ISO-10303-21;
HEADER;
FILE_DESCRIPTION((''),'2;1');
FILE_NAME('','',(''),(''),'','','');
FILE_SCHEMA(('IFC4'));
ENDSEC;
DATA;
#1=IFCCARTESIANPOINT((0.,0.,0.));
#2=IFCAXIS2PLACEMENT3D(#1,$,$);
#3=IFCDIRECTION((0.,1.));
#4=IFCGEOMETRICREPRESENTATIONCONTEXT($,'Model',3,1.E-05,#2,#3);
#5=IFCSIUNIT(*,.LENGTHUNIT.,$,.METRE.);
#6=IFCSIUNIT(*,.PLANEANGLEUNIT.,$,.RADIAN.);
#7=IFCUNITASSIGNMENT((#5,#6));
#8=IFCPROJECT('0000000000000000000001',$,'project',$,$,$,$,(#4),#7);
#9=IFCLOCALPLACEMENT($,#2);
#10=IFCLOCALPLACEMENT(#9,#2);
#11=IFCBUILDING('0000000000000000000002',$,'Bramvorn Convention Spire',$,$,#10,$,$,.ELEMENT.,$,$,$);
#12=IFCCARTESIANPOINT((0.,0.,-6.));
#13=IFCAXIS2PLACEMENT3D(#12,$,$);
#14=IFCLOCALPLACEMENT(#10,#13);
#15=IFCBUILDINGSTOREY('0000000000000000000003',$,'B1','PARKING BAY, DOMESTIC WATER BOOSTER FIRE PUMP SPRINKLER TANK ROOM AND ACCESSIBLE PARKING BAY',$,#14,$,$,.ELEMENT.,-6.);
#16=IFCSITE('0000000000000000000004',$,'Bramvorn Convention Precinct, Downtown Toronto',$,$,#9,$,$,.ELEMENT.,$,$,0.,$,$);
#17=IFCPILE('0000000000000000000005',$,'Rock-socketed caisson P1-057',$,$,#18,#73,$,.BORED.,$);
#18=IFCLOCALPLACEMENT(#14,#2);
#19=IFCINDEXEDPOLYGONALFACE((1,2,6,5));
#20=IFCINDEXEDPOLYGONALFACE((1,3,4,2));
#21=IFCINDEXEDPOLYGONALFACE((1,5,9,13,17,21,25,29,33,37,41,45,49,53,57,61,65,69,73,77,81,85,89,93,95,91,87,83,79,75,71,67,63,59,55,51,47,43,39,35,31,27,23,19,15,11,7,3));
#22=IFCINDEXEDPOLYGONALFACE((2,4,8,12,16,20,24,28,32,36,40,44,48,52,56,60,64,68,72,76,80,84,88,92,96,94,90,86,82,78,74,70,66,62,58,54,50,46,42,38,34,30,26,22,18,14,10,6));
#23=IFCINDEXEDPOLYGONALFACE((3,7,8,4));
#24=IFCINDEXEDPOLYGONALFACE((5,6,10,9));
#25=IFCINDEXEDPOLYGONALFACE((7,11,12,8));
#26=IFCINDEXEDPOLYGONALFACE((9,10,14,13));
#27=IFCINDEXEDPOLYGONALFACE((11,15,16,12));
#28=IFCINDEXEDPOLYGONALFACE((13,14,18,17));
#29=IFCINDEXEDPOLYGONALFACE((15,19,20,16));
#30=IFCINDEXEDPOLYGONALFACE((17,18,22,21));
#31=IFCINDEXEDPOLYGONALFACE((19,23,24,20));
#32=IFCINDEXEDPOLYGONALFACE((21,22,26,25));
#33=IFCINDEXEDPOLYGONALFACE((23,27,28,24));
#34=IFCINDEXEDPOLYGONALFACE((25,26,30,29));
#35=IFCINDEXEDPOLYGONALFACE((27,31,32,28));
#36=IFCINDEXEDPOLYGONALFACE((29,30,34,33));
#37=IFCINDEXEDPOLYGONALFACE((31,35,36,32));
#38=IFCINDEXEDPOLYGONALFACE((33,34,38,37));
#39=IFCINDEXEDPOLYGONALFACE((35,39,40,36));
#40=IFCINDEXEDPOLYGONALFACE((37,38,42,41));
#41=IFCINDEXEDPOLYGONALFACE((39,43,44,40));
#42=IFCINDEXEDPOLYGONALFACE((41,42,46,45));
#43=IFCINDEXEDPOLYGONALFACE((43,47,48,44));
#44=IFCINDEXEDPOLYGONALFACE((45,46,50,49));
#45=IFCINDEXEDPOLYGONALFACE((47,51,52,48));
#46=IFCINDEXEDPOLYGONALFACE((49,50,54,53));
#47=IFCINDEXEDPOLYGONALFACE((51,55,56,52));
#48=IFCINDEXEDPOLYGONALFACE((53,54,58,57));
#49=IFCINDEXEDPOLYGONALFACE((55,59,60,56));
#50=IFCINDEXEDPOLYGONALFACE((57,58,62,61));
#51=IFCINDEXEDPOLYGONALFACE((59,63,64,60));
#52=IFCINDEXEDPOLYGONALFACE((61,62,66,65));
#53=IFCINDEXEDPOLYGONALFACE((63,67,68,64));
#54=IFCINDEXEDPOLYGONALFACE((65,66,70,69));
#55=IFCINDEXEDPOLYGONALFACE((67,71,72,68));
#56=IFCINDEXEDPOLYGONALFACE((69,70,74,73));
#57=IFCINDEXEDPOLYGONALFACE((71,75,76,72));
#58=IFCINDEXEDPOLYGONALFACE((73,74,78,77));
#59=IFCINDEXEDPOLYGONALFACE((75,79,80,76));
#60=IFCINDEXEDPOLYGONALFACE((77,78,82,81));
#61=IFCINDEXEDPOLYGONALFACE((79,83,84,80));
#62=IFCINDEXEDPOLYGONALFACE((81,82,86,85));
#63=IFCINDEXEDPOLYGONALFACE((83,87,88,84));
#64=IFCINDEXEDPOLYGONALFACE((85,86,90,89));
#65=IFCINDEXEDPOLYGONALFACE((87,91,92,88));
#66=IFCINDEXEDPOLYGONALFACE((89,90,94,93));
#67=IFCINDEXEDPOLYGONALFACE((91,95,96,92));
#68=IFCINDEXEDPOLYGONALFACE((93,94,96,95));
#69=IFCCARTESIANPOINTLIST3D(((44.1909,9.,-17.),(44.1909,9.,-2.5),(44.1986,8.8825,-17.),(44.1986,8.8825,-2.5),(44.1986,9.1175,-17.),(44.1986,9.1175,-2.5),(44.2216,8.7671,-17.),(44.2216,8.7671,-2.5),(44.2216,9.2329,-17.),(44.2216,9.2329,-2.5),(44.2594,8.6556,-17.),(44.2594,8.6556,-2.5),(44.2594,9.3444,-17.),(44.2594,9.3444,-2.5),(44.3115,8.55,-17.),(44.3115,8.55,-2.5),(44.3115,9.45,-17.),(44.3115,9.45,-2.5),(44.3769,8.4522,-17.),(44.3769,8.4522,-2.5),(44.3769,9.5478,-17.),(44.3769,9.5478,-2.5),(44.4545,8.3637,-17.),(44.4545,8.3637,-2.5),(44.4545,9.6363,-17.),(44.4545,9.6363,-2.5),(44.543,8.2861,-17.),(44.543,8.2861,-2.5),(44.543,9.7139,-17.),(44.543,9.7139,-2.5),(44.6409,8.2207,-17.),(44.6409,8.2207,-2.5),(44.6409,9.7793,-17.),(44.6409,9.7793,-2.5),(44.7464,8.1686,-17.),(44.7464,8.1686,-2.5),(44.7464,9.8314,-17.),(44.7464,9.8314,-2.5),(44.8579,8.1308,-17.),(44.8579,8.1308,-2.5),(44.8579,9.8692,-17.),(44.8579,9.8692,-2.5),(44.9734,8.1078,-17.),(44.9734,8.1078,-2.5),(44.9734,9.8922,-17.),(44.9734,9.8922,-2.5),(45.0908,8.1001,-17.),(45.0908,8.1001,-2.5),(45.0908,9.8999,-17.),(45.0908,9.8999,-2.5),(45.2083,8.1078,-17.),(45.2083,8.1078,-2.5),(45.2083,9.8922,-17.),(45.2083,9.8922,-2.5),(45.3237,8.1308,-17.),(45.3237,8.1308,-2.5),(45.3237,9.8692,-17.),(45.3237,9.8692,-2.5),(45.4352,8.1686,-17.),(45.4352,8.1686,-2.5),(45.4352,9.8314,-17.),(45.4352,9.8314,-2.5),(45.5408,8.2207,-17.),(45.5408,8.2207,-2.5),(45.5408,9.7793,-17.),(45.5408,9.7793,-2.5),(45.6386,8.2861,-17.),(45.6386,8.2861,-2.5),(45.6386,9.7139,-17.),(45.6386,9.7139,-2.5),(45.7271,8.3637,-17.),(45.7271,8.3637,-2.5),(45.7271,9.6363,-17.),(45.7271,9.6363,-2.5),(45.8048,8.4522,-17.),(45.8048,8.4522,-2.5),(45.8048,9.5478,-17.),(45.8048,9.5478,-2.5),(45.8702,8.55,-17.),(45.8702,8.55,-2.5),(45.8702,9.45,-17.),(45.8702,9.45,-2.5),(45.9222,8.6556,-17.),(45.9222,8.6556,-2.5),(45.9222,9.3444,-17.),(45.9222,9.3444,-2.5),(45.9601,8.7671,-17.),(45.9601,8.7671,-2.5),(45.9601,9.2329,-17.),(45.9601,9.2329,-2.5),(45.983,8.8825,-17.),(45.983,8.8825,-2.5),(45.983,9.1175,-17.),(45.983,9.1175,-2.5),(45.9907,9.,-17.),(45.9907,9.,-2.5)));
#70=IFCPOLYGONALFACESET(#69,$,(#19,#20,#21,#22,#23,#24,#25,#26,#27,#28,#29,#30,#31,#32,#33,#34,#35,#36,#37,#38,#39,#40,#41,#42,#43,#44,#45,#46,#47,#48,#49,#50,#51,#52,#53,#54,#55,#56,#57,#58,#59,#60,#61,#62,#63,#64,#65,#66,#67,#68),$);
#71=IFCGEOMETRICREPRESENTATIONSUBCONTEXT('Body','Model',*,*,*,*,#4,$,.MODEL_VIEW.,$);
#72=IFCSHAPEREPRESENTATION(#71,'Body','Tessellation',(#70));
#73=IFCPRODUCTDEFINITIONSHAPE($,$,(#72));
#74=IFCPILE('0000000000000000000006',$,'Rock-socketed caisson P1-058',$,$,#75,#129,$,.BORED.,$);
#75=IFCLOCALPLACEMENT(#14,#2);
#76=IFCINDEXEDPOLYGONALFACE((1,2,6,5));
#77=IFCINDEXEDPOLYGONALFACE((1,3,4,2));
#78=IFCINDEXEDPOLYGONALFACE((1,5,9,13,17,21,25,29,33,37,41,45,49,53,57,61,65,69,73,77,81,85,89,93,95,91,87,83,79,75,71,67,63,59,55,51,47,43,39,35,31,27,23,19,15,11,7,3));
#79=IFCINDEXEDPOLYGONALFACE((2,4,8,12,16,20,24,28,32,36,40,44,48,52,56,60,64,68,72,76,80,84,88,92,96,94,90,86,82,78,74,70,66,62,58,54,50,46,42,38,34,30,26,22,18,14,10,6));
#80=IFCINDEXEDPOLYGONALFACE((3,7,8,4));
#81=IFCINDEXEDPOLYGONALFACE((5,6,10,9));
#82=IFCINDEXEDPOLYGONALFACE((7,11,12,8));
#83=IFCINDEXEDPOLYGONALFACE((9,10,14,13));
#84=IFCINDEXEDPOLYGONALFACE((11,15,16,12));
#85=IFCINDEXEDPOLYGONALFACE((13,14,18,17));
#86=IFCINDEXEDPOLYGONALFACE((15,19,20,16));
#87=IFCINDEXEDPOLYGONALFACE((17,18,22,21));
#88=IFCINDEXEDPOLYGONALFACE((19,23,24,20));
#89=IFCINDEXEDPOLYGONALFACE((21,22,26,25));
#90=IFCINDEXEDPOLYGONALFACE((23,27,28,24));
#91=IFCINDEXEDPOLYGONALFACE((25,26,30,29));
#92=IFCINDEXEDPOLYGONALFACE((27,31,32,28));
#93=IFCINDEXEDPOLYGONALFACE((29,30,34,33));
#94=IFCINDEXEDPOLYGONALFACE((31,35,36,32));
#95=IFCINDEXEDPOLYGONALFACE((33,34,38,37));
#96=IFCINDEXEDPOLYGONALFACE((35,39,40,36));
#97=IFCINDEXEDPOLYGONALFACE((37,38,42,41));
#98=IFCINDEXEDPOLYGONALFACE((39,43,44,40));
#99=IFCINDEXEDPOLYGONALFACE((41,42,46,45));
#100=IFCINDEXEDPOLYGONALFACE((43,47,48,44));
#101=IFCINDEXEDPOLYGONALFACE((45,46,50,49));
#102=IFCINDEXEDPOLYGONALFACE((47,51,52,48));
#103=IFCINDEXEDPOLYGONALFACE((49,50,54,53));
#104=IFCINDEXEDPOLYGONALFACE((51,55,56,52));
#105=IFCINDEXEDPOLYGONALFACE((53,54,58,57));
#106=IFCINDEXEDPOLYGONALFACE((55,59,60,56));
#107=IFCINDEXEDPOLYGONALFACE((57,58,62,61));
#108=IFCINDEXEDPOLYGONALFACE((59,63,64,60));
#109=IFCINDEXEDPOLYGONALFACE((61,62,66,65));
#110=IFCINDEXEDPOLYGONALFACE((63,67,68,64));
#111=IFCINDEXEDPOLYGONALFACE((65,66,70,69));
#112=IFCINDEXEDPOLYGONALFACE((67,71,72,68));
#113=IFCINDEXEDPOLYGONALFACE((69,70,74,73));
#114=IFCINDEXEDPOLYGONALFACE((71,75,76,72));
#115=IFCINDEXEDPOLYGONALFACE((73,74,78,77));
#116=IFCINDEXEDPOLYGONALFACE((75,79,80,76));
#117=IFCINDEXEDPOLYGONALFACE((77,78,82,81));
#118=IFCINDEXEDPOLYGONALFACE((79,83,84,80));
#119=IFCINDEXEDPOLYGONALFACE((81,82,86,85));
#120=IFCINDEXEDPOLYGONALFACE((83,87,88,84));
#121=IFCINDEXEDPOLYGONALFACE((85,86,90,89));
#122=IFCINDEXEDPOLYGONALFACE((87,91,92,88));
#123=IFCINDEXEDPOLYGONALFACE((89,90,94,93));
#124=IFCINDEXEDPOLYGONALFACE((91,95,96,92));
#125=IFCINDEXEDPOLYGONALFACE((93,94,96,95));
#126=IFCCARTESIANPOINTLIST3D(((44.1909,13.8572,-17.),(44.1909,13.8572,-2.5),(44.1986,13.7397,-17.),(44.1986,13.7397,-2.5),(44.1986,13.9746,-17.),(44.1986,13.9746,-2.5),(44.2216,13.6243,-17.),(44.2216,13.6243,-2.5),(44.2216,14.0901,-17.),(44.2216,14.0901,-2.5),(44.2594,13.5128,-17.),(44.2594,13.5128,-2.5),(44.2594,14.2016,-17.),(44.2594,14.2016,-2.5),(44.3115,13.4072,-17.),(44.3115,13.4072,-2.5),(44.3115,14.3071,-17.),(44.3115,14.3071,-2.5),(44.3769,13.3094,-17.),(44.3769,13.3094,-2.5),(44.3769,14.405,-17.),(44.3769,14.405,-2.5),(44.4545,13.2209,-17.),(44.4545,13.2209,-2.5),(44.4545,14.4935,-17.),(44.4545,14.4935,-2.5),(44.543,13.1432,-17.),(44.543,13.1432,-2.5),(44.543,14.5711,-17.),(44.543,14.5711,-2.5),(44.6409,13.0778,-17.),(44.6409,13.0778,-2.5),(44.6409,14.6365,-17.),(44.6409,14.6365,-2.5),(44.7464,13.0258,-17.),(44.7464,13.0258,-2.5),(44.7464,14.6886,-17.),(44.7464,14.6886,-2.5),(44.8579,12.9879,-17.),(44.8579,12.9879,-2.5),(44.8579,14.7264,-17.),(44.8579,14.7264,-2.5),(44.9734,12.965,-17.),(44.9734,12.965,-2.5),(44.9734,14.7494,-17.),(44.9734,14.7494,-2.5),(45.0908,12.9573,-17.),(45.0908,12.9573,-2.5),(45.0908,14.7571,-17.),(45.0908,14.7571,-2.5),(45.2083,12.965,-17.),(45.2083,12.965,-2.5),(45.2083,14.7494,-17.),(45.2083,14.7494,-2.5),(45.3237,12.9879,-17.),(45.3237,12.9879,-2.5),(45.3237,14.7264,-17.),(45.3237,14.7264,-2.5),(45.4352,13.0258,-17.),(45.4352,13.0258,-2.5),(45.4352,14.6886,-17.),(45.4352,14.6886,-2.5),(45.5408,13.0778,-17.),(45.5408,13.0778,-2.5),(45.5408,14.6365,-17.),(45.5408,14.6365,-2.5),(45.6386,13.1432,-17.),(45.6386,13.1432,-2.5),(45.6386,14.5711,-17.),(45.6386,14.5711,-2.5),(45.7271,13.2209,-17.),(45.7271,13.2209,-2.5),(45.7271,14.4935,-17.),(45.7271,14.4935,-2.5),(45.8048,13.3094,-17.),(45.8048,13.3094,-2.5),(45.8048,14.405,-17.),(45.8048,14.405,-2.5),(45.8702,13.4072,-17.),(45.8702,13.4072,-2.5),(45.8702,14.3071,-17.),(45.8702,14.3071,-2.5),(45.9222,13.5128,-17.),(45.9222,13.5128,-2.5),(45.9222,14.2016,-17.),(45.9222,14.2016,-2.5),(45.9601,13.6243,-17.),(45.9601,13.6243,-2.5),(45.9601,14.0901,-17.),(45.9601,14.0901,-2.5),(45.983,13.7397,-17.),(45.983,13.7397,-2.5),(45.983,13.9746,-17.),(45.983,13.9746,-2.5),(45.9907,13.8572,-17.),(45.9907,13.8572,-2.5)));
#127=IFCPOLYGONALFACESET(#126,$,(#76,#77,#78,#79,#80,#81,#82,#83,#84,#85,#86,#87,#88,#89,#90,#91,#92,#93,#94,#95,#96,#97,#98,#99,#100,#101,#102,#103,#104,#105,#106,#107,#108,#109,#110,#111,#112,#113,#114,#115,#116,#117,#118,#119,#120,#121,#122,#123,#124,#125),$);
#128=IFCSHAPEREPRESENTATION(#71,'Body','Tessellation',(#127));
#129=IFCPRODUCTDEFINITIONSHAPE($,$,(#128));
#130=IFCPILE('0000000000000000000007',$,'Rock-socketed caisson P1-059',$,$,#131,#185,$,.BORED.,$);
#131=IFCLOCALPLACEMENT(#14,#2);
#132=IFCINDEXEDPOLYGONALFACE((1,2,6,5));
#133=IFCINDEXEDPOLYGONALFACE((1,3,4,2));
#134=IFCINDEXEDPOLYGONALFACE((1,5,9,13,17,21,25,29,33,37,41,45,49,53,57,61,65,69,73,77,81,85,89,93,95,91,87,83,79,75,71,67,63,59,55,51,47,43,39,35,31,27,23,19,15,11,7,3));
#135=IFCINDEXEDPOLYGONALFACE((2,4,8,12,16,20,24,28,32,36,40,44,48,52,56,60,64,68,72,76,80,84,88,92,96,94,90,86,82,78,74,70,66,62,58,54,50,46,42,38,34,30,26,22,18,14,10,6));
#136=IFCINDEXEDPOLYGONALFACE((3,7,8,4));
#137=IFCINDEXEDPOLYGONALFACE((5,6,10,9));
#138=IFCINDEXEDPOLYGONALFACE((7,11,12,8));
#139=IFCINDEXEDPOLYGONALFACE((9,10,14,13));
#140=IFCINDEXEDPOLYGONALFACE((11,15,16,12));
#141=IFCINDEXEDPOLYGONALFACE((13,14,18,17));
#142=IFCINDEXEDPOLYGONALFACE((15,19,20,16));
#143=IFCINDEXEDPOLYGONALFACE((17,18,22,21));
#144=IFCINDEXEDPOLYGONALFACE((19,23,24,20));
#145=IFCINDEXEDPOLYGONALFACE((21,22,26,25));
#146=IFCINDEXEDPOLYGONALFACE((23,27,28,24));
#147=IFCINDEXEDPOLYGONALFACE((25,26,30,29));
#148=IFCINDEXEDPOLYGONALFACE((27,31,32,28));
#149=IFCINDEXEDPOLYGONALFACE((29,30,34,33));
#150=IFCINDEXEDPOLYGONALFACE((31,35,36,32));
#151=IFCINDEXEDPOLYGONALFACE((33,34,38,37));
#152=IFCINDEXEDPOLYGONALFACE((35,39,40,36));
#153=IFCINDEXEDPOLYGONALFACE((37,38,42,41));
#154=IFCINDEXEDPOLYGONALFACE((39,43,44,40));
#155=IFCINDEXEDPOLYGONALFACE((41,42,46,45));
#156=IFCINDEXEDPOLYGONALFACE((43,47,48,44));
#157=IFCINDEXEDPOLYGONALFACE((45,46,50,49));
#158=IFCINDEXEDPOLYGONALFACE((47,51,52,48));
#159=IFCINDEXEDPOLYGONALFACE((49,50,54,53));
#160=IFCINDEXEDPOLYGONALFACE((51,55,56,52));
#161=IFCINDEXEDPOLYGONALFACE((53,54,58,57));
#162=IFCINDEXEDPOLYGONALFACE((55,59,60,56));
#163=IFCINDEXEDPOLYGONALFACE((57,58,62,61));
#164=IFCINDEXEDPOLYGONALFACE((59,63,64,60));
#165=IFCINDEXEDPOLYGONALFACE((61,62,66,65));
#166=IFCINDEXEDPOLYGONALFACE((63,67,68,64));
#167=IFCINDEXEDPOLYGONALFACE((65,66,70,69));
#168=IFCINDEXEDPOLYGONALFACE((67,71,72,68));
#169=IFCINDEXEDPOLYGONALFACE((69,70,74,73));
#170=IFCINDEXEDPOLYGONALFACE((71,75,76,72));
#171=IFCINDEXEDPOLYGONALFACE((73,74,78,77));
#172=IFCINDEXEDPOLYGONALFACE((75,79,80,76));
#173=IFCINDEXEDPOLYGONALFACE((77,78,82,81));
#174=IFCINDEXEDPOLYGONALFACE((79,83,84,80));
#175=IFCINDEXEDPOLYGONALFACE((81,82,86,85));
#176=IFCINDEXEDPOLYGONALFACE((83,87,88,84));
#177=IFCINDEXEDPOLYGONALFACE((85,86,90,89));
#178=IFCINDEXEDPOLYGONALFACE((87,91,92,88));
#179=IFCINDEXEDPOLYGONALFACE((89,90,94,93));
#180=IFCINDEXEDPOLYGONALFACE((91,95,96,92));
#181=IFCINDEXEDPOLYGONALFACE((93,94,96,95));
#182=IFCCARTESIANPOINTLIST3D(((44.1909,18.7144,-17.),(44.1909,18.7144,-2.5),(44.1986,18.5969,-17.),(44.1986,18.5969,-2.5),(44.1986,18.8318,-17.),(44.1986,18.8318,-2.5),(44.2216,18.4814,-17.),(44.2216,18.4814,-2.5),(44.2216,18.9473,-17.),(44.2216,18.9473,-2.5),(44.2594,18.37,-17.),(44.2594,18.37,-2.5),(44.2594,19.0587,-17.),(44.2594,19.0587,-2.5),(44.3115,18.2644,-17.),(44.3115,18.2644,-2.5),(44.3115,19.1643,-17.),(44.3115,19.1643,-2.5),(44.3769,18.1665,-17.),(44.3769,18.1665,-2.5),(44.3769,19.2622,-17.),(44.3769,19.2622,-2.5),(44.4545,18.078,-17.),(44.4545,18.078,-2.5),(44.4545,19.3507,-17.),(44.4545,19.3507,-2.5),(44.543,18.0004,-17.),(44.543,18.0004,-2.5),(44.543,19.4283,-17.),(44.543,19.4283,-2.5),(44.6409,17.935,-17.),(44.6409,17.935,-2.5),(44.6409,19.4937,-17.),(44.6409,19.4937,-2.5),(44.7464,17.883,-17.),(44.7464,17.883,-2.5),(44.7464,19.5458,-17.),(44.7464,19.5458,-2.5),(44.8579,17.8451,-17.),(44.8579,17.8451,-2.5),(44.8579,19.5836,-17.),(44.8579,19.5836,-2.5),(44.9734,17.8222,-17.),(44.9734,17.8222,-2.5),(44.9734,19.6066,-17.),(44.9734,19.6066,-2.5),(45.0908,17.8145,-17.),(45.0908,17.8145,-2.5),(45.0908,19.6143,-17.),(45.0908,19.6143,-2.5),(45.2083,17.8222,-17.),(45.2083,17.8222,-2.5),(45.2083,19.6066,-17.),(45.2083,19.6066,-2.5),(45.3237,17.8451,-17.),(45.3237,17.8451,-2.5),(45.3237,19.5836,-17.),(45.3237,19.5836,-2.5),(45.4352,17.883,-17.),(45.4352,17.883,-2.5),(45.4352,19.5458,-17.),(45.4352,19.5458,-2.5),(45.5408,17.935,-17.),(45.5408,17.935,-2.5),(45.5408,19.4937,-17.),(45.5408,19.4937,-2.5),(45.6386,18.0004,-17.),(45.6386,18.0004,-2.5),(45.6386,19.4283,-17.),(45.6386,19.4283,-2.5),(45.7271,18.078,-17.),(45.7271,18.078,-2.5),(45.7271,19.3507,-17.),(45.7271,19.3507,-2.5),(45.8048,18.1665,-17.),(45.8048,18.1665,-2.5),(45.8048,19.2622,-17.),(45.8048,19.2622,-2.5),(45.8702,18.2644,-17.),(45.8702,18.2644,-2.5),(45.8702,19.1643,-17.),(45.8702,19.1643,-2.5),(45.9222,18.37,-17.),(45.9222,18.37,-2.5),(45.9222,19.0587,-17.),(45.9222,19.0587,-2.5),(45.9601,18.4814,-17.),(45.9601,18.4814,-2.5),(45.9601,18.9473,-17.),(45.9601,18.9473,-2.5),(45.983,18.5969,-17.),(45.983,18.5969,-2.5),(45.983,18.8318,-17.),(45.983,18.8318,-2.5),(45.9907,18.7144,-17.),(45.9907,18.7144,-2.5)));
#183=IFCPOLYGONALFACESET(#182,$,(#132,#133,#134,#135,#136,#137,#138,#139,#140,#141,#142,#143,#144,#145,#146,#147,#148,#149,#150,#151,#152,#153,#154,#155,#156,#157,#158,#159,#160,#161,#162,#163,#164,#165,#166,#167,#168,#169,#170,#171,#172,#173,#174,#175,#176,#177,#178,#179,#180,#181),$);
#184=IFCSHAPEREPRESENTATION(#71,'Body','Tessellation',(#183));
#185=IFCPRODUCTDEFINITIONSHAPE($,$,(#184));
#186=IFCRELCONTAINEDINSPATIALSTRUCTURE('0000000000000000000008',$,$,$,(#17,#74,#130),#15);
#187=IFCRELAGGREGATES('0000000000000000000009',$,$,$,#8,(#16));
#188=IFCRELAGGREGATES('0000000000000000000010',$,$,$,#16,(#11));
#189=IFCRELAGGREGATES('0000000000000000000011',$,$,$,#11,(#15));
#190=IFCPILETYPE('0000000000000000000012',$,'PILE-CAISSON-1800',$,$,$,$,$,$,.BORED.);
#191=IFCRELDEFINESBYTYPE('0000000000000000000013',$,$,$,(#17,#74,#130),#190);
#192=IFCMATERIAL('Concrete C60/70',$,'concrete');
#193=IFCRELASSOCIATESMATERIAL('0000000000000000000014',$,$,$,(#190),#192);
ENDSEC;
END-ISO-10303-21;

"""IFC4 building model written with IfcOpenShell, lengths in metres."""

from ifc_helpers import new_model, si_unit, direction, frame, origin, origin_2d, place, context, subcontext, project, spatial, circle, extrude, material, material_profile, profile_set, type_object, element, save


model = new_model("IFC4")

# Units and contexts
model_context = context("Model", 3, precision=1e-05, world=origin(), true_north=direction((0.0, 1.0)))
body_context = subcontext(model_context, "Body", "Model", "MODEL_VIEW")
ifc_project = project(units=[si_unit("LENGTHUNIT", "METRE"), si_unit("PLANEANGLEUNIT", "RADIAN")], contexts=[model_context])

# Site, building, storey
site_placement = place(None, origin())
site = spatial("IfcSite", under=ifc_project, at=site_placement, Name="Bramvorn Convention Precinct, Downtown Toronto", CompositionType="ELEMENT", RefElevation=0.0)
building_placement = place(site_placement, origin())
building = spatial("IfcBuilding", under=site, at=building_placement, Name="Bramvorn Convention Spire", CompositionType="ELEMENT")
storey_placement = place(building_placement, frame((0.0, 0.0, -6.0)))
storey = spatial("IfcBuildingStorey", under=building, at=storey_placement, Name="B1", Description="PARKING BAY, DOMESTIC WATER BOOSTER FIRE PUMP SPRINKLER TANK ROOM AND ACCESSIBLE PARKING BAY", CompositionType="ELEMENT", Elevation=-6.0)

# Shared definitions
ifc_material_1 = material(Name="Concrete C60/70", Category="concrete")

# Piles
ifc_material_profile_1 = material_profile(ifc_material_1, circle(Radius=0.8999, at=origin_2d()))
ifc_profile_set_1 = profile_set([ifc_material_profile_1], Name="Concrete C60/70 - CAISSON1800")
pile_type_1 = type_object("IfcPileType", Name="PILE-CAISSON-1800", PredefinedType="BORED", material=ifc_profile_set_1)
for number, where, z_axis, x_axis, name in (
    (1, (45.0908, 9.0, -2.5), (0.0, 0.0, -1.0), (1.0, 0.0, 0.0), "Rock-socketed caisson P1-057"),
    (2, (45.0908, 13.8572, -2.5), (0.0, 0.0, -1.0), (1.0, 0.0, 0.0), "Rock-socketed caisson P1-058"),
    (3, (45.0908, 18.7144, -2.5), (0.0, 0.0, -1.0), (1.0, 0.0, 0.0), "Rock-socketed caisson P1-059"),
):
    element("IfcPile", number, at=place(storey_placement, frame(where, z_axis=z_axis, x_axis=x_axis)), inside=storey, type_object=pile_type_1, Name=name, PredefinedType="BORED", context=body_context, shape_type="SweptSolid", body=[
        extrude(circle(Radius=0.8999, at=origin_2d()), origin(), (0.0, 0.0, 1.0), 14.5),
    ])

save(model, "model.ifc")
